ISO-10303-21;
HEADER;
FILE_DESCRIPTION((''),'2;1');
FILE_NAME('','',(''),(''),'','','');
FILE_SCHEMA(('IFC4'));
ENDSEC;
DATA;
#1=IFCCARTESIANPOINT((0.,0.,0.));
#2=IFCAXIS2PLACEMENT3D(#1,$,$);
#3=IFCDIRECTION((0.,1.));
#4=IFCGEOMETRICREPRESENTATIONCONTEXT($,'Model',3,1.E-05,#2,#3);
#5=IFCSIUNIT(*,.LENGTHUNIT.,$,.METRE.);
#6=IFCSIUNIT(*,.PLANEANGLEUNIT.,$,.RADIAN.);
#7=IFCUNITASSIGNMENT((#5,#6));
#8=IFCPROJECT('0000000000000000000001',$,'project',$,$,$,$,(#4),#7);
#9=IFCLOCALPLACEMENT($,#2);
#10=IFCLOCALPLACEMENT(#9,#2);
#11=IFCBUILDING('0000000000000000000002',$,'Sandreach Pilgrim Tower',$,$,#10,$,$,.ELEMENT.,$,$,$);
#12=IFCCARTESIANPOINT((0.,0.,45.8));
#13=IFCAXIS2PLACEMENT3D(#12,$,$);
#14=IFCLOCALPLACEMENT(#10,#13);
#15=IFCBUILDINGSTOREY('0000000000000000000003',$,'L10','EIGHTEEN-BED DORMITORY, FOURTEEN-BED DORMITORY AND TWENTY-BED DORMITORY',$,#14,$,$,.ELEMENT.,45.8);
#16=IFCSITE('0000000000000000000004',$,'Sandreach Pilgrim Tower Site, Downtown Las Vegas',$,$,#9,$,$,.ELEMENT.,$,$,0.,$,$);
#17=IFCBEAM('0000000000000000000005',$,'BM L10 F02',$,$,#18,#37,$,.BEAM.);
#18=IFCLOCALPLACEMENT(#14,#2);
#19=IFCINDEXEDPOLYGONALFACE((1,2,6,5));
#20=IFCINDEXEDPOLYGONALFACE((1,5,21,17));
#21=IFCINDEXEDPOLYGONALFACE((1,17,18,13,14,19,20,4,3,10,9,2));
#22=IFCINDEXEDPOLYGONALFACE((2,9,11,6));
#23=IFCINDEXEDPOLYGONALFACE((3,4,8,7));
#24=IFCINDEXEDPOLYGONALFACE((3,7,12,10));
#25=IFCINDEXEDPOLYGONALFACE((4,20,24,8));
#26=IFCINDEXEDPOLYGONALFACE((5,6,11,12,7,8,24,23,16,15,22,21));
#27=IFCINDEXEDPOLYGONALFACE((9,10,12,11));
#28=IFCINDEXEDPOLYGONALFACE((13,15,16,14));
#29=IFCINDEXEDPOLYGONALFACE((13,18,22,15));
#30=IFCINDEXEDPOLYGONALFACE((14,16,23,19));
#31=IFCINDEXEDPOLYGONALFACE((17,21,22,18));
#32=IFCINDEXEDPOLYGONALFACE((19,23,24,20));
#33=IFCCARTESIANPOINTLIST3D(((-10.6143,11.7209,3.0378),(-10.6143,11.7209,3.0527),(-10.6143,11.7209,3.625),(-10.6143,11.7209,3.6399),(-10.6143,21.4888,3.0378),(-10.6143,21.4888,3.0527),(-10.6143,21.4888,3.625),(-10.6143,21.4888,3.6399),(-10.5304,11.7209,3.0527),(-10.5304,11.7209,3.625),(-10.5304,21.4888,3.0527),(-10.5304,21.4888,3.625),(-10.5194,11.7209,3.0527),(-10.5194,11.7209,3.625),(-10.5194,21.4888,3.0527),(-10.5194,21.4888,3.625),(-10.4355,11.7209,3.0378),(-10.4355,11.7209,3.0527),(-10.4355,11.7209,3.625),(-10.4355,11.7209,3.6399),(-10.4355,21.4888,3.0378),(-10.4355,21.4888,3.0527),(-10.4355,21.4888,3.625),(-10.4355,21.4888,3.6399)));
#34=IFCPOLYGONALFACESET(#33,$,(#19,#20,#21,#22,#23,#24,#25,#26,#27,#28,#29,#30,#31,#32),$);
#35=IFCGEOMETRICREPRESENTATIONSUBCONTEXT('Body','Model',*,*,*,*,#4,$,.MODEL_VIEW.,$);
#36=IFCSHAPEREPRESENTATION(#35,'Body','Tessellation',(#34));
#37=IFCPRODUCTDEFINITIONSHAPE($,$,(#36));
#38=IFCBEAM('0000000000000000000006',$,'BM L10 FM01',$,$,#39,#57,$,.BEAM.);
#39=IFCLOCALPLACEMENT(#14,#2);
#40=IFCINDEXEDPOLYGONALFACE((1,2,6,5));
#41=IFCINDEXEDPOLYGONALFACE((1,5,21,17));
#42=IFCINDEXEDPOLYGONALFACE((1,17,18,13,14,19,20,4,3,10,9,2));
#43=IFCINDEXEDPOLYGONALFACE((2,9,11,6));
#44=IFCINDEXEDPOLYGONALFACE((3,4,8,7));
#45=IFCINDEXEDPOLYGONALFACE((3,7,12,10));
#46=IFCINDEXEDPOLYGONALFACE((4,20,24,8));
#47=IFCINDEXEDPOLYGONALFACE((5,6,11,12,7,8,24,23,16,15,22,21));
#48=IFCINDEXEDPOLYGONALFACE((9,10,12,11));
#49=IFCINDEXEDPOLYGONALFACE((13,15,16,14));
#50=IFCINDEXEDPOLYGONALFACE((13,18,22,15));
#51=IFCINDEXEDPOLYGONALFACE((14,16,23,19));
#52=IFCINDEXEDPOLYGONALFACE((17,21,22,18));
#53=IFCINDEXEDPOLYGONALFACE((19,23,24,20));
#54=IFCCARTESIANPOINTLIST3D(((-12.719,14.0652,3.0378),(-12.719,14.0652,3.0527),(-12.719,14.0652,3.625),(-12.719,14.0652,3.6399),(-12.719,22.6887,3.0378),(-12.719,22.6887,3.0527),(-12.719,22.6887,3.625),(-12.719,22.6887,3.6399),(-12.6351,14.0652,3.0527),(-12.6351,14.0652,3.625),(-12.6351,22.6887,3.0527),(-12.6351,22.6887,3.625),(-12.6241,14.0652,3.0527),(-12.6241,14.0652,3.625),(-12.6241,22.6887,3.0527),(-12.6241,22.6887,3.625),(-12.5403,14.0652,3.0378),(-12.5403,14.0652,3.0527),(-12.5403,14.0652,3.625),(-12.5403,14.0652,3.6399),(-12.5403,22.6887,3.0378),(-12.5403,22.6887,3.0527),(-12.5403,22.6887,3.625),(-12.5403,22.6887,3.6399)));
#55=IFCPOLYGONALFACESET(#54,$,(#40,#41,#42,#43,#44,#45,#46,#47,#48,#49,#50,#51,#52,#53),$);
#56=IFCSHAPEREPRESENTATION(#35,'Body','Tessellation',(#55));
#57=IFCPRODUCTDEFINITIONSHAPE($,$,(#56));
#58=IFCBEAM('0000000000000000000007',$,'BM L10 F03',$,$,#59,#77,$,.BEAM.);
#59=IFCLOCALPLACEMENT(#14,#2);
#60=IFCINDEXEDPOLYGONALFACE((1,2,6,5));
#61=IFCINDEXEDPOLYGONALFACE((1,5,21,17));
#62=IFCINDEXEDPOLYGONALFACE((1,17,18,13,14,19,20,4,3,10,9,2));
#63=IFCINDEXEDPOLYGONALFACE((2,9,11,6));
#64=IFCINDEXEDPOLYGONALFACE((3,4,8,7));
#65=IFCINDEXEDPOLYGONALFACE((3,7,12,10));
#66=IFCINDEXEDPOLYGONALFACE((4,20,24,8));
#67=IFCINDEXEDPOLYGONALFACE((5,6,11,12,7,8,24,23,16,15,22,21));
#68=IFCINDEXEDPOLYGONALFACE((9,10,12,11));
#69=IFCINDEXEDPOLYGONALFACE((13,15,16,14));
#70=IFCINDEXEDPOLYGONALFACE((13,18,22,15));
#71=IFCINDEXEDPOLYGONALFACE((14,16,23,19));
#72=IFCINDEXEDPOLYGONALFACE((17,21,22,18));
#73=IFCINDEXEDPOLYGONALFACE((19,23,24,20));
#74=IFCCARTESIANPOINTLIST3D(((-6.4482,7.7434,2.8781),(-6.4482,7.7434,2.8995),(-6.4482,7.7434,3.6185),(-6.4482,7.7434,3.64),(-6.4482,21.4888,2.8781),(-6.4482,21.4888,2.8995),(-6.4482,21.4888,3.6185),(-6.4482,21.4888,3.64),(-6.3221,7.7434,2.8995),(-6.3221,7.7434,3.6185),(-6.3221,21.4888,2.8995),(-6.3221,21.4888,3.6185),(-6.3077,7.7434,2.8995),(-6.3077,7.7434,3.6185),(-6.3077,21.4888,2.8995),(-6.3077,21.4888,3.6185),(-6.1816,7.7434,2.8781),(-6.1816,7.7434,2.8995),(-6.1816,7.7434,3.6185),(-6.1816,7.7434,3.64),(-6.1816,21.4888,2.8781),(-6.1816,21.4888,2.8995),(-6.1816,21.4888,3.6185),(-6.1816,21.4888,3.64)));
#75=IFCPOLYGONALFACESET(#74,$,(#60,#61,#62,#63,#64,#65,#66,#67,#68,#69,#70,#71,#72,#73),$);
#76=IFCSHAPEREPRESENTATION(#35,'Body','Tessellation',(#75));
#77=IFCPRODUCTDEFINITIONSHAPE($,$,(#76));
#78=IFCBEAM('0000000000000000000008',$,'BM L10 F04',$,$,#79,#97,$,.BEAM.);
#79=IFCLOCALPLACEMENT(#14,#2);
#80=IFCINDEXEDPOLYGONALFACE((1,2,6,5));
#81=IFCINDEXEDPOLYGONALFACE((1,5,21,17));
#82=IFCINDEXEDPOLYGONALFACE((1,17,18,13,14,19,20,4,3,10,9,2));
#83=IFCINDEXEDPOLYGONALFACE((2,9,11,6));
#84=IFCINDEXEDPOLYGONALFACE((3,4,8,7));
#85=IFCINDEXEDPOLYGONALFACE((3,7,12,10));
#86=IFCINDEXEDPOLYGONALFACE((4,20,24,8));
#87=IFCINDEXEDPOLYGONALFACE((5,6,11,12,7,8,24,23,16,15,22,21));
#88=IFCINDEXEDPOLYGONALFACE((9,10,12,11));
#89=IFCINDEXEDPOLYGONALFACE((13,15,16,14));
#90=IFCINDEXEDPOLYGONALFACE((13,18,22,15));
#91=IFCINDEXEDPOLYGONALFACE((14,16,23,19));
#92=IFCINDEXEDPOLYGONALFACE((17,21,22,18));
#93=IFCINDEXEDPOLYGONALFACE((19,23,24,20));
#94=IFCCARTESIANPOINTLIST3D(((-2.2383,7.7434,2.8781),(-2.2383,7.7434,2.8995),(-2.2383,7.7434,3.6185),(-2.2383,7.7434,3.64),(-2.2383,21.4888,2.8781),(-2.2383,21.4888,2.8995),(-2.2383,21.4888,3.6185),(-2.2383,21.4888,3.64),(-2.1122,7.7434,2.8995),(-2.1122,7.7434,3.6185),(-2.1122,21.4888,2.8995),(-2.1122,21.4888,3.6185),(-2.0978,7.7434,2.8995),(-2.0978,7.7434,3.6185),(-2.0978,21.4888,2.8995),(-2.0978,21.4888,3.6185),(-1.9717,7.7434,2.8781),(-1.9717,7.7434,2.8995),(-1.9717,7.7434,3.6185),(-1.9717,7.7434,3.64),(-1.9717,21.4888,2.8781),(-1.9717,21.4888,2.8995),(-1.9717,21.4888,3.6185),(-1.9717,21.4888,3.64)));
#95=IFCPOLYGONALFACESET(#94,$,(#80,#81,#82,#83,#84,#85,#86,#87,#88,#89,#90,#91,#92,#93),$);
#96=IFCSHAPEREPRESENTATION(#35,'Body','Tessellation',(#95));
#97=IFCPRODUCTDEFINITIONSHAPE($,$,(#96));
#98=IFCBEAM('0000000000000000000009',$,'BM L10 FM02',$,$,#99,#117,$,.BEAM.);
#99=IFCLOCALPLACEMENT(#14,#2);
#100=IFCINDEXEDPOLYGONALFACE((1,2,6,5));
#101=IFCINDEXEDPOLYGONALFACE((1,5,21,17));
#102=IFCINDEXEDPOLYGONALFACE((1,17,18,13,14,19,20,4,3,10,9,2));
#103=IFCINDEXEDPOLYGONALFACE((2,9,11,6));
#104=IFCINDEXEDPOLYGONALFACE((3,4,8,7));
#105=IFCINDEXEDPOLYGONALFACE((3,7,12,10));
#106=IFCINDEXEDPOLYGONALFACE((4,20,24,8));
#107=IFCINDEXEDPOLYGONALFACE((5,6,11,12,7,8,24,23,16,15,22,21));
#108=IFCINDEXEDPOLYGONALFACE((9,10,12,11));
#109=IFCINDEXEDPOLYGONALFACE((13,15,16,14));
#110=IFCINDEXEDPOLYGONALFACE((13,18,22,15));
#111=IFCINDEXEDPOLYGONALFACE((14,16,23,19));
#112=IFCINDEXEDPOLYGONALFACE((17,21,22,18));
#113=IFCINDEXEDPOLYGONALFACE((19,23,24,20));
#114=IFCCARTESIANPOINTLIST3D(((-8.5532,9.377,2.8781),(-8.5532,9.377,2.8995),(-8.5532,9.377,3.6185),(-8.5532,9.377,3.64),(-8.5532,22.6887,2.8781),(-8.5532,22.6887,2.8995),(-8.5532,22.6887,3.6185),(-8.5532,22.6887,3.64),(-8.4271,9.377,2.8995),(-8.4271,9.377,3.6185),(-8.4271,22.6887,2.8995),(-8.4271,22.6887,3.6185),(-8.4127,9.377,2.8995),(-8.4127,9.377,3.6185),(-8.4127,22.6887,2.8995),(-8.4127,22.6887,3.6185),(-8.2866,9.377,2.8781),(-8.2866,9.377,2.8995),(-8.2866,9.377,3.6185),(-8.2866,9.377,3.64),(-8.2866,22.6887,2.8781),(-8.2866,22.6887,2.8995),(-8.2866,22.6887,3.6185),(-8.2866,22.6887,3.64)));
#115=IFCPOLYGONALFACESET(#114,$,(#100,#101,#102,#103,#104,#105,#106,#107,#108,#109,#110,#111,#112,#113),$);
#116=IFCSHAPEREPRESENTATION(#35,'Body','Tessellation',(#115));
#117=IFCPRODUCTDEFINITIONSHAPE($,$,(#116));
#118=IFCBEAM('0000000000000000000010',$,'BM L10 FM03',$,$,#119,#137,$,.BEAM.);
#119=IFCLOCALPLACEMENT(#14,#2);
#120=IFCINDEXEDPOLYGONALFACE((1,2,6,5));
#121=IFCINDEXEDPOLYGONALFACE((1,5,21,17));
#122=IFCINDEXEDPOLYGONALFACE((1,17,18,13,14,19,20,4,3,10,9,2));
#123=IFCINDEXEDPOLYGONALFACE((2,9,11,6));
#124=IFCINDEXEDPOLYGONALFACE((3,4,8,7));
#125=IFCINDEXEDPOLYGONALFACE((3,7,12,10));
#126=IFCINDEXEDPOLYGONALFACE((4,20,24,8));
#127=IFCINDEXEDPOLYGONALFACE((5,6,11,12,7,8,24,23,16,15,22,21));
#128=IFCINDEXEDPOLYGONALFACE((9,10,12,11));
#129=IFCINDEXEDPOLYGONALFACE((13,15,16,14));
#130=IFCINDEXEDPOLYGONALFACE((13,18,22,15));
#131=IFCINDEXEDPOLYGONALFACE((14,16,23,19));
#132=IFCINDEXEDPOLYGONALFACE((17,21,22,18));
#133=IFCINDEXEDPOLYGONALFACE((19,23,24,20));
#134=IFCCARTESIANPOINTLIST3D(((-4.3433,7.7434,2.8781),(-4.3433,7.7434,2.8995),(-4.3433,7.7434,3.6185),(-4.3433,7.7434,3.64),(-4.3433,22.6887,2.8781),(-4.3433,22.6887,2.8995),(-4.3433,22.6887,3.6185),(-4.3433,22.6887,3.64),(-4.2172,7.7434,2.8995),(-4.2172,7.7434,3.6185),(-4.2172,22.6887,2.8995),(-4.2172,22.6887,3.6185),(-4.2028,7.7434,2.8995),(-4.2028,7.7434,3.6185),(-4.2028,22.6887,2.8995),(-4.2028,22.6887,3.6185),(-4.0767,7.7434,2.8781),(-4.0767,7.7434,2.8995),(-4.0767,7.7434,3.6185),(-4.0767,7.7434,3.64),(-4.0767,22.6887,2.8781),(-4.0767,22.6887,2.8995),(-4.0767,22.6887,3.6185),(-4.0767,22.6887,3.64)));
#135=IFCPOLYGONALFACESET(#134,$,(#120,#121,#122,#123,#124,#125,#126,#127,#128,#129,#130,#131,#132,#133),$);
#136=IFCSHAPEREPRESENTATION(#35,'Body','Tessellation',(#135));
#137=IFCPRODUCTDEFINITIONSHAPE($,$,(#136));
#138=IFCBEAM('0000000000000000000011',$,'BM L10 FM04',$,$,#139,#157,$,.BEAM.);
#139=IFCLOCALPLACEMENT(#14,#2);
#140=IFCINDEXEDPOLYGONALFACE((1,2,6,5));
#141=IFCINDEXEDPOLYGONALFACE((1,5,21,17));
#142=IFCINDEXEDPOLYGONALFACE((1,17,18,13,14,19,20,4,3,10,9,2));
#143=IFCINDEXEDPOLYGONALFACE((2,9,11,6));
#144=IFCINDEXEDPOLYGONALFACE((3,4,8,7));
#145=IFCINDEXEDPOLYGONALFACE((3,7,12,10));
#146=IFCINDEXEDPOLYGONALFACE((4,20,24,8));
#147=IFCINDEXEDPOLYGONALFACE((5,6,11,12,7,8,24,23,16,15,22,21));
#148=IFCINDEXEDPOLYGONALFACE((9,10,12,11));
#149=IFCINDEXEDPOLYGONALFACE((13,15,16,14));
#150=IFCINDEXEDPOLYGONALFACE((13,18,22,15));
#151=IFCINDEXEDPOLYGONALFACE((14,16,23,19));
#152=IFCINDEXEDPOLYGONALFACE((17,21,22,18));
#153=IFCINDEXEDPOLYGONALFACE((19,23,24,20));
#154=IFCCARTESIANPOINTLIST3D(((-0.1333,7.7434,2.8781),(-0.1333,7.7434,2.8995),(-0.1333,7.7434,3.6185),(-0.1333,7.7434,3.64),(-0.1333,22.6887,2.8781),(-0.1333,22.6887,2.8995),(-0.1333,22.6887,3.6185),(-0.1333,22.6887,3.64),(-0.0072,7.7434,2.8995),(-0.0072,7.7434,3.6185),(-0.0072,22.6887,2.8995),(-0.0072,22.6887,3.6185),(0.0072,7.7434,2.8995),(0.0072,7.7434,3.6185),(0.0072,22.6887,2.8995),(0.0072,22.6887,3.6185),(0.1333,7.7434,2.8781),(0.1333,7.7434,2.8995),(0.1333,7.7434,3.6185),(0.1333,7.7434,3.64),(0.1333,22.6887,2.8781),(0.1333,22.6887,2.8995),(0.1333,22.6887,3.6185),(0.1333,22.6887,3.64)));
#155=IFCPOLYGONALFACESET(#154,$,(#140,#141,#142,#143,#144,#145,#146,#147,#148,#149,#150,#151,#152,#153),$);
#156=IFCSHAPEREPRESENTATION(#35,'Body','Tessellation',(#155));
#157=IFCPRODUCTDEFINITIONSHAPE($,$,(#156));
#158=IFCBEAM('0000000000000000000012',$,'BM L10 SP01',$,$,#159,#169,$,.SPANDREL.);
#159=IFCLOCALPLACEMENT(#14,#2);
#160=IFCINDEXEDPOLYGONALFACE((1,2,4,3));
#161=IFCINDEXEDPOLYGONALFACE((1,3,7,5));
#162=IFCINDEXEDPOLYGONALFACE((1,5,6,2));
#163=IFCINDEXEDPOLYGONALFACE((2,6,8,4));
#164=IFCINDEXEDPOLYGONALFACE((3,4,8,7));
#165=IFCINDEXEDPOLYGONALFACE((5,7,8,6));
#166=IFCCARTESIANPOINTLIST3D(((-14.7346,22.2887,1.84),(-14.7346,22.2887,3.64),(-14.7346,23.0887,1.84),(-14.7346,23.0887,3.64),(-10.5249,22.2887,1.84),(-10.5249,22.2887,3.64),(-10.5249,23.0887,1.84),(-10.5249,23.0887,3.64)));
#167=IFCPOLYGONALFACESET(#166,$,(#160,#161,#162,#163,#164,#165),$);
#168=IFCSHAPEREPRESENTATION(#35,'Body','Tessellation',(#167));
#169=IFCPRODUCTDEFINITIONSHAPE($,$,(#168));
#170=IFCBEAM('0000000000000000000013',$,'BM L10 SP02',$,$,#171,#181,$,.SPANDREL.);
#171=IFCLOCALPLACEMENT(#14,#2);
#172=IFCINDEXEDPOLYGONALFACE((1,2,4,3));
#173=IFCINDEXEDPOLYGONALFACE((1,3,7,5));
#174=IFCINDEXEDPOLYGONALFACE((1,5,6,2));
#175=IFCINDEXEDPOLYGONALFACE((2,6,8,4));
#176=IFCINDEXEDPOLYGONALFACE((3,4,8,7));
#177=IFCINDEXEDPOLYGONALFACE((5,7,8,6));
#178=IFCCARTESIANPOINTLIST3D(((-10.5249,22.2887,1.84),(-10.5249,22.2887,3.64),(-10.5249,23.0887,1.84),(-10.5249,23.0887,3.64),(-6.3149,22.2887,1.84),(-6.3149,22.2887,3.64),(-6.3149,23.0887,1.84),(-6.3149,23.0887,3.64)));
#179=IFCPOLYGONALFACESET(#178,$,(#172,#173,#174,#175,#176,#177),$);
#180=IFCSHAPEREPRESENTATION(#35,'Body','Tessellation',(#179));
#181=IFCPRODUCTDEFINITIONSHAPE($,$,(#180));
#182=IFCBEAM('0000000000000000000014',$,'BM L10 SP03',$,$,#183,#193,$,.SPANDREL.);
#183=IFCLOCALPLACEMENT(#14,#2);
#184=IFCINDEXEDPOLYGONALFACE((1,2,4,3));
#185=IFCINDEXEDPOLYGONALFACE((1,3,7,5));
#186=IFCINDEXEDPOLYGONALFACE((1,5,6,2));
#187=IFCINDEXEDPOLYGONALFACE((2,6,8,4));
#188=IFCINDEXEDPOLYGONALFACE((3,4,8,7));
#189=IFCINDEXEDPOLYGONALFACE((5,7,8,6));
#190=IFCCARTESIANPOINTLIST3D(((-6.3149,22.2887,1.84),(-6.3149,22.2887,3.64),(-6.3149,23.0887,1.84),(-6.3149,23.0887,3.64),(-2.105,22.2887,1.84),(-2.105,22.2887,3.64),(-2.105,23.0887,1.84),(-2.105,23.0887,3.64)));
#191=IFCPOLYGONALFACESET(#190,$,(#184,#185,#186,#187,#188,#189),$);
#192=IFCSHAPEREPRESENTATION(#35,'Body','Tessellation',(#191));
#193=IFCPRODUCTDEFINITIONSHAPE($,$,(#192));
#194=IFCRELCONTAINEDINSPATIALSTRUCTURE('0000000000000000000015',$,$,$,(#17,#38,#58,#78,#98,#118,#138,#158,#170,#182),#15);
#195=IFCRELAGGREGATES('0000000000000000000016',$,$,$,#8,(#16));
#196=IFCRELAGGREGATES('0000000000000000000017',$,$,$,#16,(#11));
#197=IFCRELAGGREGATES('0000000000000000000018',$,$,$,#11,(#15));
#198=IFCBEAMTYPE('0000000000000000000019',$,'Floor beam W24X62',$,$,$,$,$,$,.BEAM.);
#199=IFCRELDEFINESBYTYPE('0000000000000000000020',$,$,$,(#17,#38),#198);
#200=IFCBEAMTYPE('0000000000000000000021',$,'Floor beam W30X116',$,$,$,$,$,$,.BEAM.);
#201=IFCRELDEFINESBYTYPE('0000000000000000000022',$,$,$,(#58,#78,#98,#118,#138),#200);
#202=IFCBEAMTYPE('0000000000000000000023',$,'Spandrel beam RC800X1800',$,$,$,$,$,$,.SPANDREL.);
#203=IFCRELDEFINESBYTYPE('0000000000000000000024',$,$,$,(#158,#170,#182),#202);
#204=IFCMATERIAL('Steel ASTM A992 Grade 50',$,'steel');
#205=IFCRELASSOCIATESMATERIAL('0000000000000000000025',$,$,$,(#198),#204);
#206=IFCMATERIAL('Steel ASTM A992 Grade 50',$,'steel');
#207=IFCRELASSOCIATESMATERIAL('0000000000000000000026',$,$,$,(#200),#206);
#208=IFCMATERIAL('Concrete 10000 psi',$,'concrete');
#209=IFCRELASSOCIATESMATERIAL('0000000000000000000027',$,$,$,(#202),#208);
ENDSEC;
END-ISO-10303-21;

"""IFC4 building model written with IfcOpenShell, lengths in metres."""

from ifc_helpers import new_model, si_unit, direction, frame, origin, origin_2d, place, context, subcontext, project, spatial, rectangle, i_section, extrude, material, material_profile, profile_set, type_object, element, save


model = new_model("IFC4")

# Units and contexts
model_context = context("Model", 3, precision=1e-05, world=origin(), true_north=direction((0.0, 1.0)))
body_context = subcontext(model_context, "Body", "Model", "MODEL_VIEW")
ifc_project = project(units=[si_unit("LENGTHUNIT", "METRE"), si_unit("PLANEANGLEUNIT", "RADIAN")], contexts=[model_context])

# Site, building, storey
site_placement = place(None, origin())
site = spatial("IfcSite", under=ifc_project, at=site_placement, Name="Sandreach Pilgrim Tower Site, Downtown Las Vegas", CompositionType="ELEMENT", RefElevation=0.0)
building_placement = place(site_placement, origin())
building = spatial("IfcBuilding", under=site, at=building_placement, Name="Sandreach Pilgrim Tower", CompositionType="ELEMENT")
storey_placement = place(building_placement, frame((0.0, 0.0, 45.8)))
storey = spatial("IfcBuildingStorey", under=building, at=storey_placement, Name="L10", Description="EIGHTEEN-BED DORMITORY, FOURTEEN-BED DORMITORY AND TWENTY-BED DORMITORY", CompositionType="ELEMENT", Elevation=45.8)

# Beams
ifc_material_1 = material(Name="Steel ASTM A992 Grade 50", Category="steel")
ifc_material_profile_1 = material_profile(ifc_material_1, i_section(OverallWidth=0.1787, OverallDepth=0.6021, WebThickness=0.011, FlangeThickness=0.0149, at=origin_2d()), Name="W24X62")
ifc_profile_set_1 = profile_set([ifc_material_profile_1], Name="Steel ASTM A992 Grade 50")
beam_type_1 = type_object("IfcBeamType", Name="Floor beam W24X62", PredefinedType="BEAM", material=ifc_profile_set_1)
beam_1_placement = place(storey_placement, frame((-10.5249, 21.4888, 3.3389), z_axis=(0.0, -1.0, 0.0), x_axis=(1.0, 0.0, 0.0)))
element("IfcBeam", 1, at=beam_1_placement, inside=storey, type_object=beam_type_1, Name="BM L10 F02", PredefinedType="BEAM", context=body_context, shape_type="SweptSolid", body=[
    extrude(i_section(OverallWidth=0.1787, OverallDepth=0.6021, WebThickness=0.011, FlangeThickness=0.0149, at=origin_2d()), origin(), (0.0, 0.0, 1.0), 9.7678),
])
beam_2_placement = place(storey_placement, frame((-12.6296, 22.6887, 3.3389), z_axis=(0.0, -1.0, 0.0), x_axis=(1.0, 0.0, 0.0)))
element("IfcBeam", 2, at=beam_2_placement, inside=storey, type_object=beam_type_1, Name="BM L10 FM01", PredefinedType="BEAM", context=body_context, shape_type="SweptSolid", body=[
    extrude(i_section(OverallWidth=0.1787, OverallDepth=0.6021, WebThickness=0.011, FlangeThickness=0.0149, at=origin_2d()), origin(), (0.0, 0.0, 1.0), 8.6235),
])
ifc_material_2 = material(Name="Steel ASTM A992 Grade 50", Category="steel")
ifc_material_profile_2 = material_profile(ifc_material_2, i_section(OverallWidth=0.2666, OverallDepth=0.762, WebThickness=0.0144, FlangeThickness=0.0215, at=origin_2d()), Name="W30X116")
ifc_profile_set_2 = profile_set([ifc_material_profile_2], Name="Steel ASTM A992 Grade 50")
beam_type_2 = type_object("IfcBeamType", Name="Floor beam W30X116", PredefinedType="BEAM", material=ifc_profile_set_2)
for number, where, z_axis, x_axis, name in (
    (3, (-6.3149, 21.4888, 3.259), (0.0, -1.0, 0.0), (1.0, 0.0, 0.0), "BM L10 F03"),
    (4, (-2.105, 21.4888, 3.259), (0.0, -1.0, 0.0), (1.0, 0.0, 0.0), "BM L10 F04"),
):
    element("IfcBeam", number, at=place(storey_placement, frame(where, z_axis=z_axis, x_axis=x_axis)), inside=storey, type_object=beam_type_2, Name=name, PredefinedType="BEAM", context=body_context, shape_type="SweptSolid", body=[
        extrude(i_section(OverallWidth=0.2666, OverallDepth=0.762, WebThickness=0.0144, FlangeThickness=0.0215, at=origin_2d()), origin(), (0.0, 0.0, 1.0), 13.7454),
    ])
beam_3_placement = place(storey_placement, frame((-8.4199, 22.6887, 3.259), z_axis=(0.0, -1.0, 0.0), x_axis=(1.0, 0.0, 0.0)))
element("IfcBeam", 5, at=beam_3_placement, inside=storey, type_object=beam_type_2, Name="BM L10 FM02", PredefinedType="BEAM", context=body_context, shape_type="SweptSolid", body=[
    extrude(i_section(OverallWidth=0.2666, OverallDepth=0.762, WebThickness=0.0144, FlangeThickness=0.0215, at=origin_2d()), origin(), (0.0, 0.0, 1.0), 13.3118),
])
for number, where, z_axis, x_axis, name in (
    (6, (-4.21, 22.6887, 3.259), (0.0, -1.0, 0.0), (1.0, 0.0, 0.0), "BM L10 FM03"),
    (7, (0.0, 22.6887, 3.259), (0.0, -1.0, 0.0), (1.0, 0.0, 0.0), "BM L10 FM04"),
):
    element("IfcBeam", number, at=place(storey_placement, frame(where, z_axis=z_axis, x_axis=x_axis)), inside=storey, type_object=beam_type_2, Name=name, PredefinedType="BEAM", context=body_context, shape_type="SweptSolid", body=[
        extrude(i_section(OverallWidth=0.2666, OverallDepth=0.762, WebThickness=0.0144, FlangeThickness=0.0215, at=origin_2d()), origin(), (0.0, 0.0, 1.0), 14.9453),
    ])
ifc_material_3 = material(Name="Concrete 10000 psi", Category="concrete")
ifc_material_profile_3 = material_profile(ifc_material_3, rectangle(XDim=0.8, YDim=1.8, at=origin_2d()), Name="RC800X1800")
ifc_profile_set_3 = profile_set([ifc_material_profile_3], Name="Concrete 10000 psi")
beam_type_3 = type_object("IfcBeamType", Name="Spandrel beam RC800X1800", PredefinedType="SPANDREL", material=ifc_profile_set_3)
beam_4_placement = place(storey_placement, frame((-14.7346, 22.6887, 2.74), z_axis=(1.0, 0.0, 0.0), x_axis=(0.0, 1.0, 0.0)))
element("IfcBeam", 8, at=beam_4_placement, inside=storey, type_object=beam_type_3, Name="BM L10 SP01", PredefinedType="SPANDREL", context=body_context, shape_type="SweptSolid", body=[
    extrude(rectangle(XDim=0.8, YDim=1.8, at=origin_2d()), origin(), (0.0, 0.0, 1.0), 4.2097),
])
for number, where, z_axis, x_axis, name in (
    (9, (-10.5249, 22.6887, 2.74), (1.0, 0.0, 0.0), (0.0, 1.0, 0.0), "BM L10 SP02"),
    (10, (-6.3149, 22.6887, 2.74), (1.0, 0.0, 0.0), (0.0, 1.0, 0.0), "BM L10 SP03"),
):
    element("IfcBeam", number, at=place(storey_placement, frame(where, z_axis=z_axis, x_axis=x_axis)), inside=storey, type_object=beam_type_3, Name=name, PredefinedType="SPANDREL", context=body_context, shape_type="SweptSolid", body=[
        extrude(rectangle(XDim=0.8, YDim=1.8, at=origin_2d()), origin(), (0.0, 0.0, 1.0), 4.21),
    ])

save(model, "model.ifc")
